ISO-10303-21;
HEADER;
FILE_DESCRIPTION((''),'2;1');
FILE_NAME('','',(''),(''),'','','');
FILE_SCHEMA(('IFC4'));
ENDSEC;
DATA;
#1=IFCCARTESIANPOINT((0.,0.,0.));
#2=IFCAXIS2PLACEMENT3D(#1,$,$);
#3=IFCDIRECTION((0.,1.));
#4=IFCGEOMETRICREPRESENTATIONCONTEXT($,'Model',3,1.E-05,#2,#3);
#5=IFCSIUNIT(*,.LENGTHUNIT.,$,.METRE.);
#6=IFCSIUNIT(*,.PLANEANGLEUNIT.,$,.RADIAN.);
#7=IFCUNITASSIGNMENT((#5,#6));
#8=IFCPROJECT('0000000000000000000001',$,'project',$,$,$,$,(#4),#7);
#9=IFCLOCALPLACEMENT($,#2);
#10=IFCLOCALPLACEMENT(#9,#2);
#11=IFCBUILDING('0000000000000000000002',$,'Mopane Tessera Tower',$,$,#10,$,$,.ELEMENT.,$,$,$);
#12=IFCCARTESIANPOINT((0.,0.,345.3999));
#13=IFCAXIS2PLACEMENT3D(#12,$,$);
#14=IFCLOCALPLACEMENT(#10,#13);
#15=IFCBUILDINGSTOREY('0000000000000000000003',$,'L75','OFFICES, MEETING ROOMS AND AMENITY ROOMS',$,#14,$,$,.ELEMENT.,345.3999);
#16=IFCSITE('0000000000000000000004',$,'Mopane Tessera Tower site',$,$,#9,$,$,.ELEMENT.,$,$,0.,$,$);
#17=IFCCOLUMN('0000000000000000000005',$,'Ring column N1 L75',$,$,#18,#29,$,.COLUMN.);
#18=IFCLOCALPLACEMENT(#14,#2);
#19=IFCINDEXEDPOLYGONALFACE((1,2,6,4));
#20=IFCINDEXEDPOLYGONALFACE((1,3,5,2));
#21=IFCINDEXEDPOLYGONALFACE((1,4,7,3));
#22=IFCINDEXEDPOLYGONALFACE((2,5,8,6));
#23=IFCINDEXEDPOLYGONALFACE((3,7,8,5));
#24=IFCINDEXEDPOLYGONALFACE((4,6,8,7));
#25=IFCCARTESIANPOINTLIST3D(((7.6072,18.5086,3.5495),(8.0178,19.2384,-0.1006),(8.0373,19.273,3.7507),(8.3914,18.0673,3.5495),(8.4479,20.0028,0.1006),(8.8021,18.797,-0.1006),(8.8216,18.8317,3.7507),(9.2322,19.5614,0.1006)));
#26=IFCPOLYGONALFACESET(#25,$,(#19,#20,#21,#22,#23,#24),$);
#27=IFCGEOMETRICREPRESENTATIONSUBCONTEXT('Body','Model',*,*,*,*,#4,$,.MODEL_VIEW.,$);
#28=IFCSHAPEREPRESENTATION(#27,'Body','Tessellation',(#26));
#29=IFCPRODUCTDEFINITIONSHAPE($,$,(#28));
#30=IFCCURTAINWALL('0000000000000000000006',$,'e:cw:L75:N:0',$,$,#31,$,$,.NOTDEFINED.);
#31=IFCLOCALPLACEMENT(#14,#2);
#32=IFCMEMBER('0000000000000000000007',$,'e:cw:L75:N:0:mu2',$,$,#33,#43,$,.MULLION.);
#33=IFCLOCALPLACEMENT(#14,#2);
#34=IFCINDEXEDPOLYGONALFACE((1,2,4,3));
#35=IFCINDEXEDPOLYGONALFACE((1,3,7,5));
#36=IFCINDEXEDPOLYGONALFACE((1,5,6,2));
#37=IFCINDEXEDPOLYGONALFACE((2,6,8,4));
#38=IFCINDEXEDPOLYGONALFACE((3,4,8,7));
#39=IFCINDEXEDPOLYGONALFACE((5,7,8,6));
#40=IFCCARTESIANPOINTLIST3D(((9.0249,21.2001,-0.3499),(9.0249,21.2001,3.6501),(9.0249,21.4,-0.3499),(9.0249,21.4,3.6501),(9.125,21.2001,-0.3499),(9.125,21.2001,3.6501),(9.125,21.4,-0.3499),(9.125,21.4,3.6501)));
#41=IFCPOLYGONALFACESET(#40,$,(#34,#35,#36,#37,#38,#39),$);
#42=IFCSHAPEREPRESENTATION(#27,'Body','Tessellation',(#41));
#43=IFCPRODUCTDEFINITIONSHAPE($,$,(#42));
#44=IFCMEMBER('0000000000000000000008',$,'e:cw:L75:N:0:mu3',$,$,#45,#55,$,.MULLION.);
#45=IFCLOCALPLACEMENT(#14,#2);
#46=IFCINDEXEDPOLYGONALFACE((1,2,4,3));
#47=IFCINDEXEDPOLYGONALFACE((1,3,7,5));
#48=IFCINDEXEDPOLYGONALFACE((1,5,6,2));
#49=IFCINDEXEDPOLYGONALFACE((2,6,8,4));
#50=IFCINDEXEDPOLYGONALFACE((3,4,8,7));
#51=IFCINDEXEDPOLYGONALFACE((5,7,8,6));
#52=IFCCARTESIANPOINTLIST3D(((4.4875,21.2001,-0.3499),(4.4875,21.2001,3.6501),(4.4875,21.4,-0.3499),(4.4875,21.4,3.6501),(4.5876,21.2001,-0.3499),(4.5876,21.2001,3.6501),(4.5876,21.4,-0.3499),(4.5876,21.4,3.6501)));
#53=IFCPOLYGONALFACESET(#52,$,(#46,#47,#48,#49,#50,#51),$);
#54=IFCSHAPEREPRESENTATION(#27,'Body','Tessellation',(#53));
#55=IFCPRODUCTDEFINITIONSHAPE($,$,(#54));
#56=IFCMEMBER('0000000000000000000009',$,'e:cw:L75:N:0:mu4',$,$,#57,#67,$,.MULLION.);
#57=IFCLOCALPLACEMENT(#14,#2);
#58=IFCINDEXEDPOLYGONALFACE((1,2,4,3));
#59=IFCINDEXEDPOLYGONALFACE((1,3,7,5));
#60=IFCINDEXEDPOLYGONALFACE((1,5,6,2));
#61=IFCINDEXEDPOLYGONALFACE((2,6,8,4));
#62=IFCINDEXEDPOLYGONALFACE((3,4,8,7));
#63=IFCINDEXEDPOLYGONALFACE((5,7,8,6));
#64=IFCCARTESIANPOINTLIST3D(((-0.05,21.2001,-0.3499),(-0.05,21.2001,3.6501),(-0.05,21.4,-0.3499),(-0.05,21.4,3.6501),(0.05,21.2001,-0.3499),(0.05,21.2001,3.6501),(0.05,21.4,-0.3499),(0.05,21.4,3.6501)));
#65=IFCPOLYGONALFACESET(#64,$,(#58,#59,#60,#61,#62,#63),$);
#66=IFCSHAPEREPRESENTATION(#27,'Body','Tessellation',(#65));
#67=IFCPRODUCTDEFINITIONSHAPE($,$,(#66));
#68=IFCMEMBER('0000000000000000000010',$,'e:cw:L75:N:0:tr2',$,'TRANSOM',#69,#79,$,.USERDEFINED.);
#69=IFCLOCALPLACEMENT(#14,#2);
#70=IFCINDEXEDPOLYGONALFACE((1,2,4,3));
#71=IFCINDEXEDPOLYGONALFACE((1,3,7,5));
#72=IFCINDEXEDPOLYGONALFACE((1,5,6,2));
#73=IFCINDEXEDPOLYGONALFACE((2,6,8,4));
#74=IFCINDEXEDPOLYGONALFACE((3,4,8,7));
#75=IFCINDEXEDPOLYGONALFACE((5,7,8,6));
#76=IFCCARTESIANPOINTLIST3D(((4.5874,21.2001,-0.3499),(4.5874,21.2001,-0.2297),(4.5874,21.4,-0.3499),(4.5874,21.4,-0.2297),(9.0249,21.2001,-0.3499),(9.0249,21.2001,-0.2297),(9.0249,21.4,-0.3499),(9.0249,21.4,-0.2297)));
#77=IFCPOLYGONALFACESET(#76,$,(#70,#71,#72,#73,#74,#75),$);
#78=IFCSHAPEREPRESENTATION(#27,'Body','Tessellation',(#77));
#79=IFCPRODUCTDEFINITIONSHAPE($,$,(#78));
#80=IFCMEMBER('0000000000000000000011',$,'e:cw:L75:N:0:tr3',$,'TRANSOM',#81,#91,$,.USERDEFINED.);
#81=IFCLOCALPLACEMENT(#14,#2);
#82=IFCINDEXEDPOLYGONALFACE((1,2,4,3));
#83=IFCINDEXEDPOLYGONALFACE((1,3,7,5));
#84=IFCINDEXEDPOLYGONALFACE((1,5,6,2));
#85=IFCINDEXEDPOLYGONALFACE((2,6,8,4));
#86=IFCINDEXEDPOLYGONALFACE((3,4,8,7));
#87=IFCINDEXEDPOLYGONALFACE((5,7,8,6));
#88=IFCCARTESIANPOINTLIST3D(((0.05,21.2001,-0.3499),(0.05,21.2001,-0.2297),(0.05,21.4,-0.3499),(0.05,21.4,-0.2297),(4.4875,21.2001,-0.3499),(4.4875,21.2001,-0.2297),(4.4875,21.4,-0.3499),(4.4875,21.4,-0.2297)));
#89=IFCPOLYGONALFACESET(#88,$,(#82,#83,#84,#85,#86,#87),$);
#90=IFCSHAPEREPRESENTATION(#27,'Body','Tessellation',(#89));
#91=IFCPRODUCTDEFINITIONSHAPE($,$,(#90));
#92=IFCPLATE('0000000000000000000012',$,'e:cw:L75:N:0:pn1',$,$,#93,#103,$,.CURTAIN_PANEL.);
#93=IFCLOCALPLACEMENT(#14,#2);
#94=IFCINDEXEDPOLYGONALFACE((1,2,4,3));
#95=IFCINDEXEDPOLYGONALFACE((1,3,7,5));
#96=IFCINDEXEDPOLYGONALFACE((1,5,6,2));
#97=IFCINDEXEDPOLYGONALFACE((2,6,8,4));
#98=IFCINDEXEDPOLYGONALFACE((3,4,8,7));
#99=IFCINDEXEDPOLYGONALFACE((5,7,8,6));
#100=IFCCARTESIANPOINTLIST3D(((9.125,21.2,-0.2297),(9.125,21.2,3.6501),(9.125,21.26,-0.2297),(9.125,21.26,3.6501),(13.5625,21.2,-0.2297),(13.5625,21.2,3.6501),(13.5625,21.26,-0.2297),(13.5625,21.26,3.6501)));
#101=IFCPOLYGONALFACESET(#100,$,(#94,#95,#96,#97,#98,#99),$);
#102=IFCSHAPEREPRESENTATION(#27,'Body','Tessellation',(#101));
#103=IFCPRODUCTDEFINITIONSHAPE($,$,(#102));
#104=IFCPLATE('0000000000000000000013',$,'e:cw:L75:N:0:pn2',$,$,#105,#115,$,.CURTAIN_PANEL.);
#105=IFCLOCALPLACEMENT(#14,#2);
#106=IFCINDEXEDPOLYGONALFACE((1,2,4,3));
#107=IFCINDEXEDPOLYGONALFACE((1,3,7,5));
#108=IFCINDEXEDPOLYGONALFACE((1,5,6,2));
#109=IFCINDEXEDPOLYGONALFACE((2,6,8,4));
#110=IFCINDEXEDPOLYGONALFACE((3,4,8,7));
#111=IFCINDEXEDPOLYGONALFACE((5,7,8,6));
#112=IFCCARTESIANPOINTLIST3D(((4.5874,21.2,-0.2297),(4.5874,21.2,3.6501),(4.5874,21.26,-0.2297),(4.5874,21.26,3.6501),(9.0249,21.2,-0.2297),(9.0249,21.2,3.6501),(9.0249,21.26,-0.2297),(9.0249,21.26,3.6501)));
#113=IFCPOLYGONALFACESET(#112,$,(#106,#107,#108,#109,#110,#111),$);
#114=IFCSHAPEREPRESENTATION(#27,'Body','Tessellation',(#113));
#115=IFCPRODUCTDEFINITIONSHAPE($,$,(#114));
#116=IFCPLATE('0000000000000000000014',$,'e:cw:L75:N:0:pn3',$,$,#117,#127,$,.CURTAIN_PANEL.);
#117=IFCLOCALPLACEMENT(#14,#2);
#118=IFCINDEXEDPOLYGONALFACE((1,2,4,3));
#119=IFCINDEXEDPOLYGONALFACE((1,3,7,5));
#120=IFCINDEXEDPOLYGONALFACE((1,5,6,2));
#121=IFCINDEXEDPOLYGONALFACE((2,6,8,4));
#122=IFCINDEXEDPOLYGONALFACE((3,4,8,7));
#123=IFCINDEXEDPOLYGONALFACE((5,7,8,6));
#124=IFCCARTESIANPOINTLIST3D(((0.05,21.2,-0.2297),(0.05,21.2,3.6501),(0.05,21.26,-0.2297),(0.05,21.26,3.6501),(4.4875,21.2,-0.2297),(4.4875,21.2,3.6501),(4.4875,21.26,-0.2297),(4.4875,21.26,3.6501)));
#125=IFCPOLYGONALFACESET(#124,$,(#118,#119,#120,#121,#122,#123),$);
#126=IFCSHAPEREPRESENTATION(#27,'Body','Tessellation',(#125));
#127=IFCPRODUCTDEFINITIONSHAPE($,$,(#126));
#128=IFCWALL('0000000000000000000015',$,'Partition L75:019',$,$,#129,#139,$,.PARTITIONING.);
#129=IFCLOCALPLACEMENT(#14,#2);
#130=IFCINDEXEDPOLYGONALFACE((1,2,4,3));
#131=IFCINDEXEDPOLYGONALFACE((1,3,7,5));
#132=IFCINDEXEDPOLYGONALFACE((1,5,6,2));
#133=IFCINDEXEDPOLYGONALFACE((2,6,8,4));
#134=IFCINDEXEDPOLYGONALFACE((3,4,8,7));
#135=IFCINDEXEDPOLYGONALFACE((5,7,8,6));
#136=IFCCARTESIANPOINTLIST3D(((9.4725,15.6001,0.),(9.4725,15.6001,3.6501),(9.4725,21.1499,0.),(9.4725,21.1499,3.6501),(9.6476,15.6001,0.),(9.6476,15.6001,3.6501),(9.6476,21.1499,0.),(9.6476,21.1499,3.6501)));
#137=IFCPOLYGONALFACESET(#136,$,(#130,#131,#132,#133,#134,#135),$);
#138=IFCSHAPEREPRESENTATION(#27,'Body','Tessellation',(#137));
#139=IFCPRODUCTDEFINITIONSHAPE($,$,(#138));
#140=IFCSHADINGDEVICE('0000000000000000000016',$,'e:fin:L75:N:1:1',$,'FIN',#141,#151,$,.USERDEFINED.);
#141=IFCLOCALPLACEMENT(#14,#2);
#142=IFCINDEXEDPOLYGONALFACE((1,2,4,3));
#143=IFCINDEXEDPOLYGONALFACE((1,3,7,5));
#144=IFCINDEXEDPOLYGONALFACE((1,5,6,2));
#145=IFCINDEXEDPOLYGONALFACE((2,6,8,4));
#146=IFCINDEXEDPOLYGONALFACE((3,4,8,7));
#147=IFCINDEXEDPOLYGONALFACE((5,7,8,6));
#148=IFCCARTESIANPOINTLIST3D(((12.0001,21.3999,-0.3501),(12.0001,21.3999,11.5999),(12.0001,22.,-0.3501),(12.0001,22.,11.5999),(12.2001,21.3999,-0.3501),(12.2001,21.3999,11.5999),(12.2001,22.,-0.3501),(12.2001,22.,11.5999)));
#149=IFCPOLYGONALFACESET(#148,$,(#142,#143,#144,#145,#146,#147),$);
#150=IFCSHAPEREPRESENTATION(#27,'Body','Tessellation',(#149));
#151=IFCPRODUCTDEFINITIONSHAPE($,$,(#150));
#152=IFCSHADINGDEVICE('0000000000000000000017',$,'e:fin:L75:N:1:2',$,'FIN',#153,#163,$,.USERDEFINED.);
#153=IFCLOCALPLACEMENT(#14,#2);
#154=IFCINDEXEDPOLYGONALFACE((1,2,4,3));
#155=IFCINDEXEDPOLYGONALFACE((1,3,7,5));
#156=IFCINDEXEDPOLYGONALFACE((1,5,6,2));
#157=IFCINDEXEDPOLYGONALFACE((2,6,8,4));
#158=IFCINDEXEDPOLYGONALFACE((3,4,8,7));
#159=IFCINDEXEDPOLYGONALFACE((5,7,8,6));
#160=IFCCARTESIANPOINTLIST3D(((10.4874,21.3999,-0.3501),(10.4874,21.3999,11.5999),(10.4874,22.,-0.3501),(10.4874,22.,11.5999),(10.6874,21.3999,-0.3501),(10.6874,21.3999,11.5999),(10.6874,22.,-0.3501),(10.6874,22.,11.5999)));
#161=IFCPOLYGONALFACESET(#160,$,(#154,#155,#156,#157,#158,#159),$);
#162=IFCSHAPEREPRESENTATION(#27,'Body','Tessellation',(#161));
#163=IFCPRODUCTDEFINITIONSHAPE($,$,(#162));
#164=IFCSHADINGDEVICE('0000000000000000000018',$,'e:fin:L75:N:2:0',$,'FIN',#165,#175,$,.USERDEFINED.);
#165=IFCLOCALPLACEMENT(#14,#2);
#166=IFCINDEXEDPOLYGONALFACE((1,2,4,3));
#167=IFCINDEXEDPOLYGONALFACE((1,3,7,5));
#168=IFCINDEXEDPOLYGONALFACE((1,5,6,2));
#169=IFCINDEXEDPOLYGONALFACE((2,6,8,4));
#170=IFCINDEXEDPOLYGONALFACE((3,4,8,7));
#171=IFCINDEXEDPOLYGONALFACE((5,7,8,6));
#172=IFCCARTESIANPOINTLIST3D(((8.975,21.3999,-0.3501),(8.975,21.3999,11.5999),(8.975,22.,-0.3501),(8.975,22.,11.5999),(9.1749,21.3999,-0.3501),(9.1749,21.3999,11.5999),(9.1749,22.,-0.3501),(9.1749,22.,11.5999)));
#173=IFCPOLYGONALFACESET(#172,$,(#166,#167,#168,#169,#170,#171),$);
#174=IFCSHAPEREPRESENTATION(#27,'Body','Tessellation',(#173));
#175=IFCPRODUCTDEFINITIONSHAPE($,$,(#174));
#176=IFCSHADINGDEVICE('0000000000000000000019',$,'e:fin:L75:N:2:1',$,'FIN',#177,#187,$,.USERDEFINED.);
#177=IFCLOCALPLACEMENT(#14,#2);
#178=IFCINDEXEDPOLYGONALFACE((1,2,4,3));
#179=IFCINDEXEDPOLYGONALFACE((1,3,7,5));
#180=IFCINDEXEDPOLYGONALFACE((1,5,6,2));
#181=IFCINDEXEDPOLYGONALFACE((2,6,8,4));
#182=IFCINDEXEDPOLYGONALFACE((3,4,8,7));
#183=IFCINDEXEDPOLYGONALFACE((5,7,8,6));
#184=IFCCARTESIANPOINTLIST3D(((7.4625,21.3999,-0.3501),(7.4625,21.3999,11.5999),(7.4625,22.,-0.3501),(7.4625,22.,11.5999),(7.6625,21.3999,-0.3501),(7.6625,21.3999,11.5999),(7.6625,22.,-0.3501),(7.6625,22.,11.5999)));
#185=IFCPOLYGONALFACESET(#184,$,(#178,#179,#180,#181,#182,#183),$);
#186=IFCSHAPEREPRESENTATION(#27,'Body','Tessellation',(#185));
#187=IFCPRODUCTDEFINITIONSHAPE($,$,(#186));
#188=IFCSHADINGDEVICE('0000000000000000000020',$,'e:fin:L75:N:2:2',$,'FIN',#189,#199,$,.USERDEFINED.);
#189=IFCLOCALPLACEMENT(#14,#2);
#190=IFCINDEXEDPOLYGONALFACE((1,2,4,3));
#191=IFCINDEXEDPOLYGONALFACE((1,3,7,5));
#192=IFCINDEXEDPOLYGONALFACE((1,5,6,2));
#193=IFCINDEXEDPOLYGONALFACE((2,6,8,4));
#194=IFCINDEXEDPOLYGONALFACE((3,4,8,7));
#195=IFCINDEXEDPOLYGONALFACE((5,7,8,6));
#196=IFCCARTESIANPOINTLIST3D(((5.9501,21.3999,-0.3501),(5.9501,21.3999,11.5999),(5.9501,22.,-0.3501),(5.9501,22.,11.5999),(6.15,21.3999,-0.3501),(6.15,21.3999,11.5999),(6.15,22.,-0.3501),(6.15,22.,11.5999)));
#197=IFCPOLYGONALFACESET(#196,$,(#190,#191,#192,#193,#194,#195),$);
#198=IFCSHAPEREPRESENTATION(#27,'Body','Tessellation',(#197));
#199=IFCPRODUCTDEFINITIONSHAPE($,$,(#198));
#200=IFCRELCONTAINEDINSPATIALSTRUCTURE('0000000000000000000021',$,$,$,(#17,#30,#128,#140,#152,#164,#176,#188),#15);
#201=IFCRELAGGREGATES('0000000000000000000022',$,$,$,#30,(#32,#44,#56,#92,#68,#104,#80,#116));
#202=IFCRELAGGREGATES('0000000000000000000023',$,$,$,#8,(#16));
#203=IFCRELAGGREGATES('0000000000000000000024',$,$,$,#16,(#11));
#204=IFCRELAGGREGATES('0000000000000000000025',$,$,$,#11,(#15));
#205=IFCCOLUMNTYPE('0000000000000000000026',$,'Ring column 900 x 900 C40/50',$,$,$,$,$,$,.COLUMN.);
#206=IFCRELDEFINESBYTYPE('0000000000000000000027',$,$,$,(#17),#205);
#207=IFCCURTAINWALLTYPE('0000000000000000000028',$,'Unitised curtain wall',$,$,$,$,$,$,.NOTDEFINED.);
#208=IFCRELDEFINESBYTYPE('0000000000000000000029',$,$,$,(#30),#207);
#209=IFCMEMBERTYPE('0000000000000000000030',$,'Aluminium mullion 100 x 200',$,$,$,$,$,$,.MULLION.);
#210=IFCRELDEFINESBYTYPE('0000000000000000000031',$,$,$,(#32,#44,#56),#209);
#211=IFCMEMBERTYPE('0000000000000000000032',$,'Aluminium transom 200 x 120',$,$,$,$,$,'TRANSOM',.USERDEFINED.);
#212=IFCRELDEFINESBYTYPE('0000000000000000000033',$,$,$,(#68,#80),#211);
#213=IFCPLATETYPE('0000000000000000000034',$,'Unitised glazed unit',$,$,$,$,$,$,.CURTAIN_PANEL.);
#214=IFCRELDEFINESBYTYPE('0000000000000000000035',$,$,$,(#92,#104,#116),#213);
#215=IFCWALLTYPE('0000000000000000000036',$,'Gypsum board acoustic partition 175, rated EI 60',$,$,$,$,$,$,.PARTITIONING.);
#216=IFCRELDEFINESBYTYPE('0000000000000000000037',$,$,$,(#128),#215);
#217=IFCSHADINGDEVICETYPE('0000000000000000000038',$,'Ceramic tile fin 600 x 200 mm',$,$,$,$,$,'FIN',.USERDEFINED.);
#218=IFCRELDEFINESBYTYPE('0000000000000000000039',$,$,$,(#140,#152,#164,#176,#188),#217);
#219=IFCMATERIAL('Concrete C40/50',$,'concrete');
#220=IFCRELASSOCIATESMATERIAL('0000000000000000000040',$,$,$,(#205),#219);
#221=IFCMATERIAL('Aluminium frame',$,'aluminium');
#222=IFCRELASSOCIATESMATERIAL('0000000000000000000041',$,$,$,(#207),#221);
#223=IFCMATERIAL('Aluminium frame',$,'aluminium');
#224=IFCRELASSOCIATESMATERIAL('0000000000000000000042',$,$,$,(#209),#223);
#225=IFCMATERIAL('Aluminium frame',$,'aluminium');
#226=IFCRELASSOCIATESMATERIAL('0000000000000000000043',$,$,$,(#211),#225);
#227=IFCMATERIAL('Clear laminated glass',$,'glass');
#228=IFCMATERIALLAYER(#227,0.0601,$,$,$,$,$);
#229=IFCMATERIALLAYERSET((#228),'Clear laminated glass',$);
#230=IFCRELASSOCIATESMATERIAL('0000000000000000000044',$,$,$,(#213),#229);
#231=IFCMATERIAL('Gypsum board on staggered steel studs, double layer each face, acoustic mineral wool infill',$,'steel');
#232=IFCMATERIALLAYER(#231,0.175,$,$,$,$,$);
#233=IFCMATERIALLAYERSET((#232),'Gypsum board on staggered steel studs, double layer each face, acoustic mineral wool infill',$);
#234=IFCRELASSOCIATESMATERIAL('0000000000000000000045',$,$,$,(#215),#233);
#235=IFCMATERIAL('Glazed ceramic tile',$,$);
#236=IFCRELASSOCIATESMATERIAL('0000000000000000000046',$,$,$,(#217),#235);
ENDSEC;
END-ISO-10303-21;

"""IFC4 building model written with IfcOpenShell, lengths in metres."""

from ifc_helpers import new_model, si_unit, direction, frame, frame_2d, origin, origin_2d, place, context, subcontext, project, spatial, rectangle, extrude, material, layer, layer_set, material_profile, profile_set, type_object, element, aggregate, save


model = new_model("IFC4")

# Units and contexts
model_context = context("Model", 3, precision=1e-05, world=origin(), true_north=direction((0.0, 1.0)))
body_context = subcontext(model_context, "Body", "Model", "MODEL_VIEW")
ifc_project = project(units=[si_unit("LENGTHUNIT", "METRE"), si_unit("PLANEANGLEUNIT", "RADIAN")], contexts=[model_context])

# Site, building, storey
site_placement = place(None, origin())
site = spatial("IfcSite", under=ifc_project, at=site_placement, Name="Mopane Tessera Tower site", CompositionType="ELEMENT", RefElevation=0.0)
building_placement = place(site_placement, origin())
building = spatial("IfcBuilding", under=site, at=building_placement, Name="Mopane Tessera Tower", CompositionType="ELEMENT")
storey_placement = place(building_placement, frame((0.0, 0.0, 345.3999)))
storey = spatial("IfcBuildingStorey", under=building, at=storey_placement, Name="L75", Description="OFFICES, MEETING ROOMS AND AMENITY ROOMS", CompositionType="ELEMENT", Elevation=345.3999)

# Column
ifc_material_1 = material(Name="Concrete C40/50", Category="concrete")
ifc_material_profile_1 = material_profile(ifc_material_1, rectangle(XDim=0.8999, YDim=0.8999, at=origin_2d()))
ifc_profile_set_1 = profile_set([ifc_material_profile_1], Name="Concrete C40/50")
column_type = type_object("IfcColumnType", Name="Ring column 900 x 900 C40/50", PredefinedType="COLUMN", material=ifc_profile_set_1)
column_placement = place(storey_placement, frame((8.625, 19.3999, 0.0), z_axis=(-0.109653, -0.194858, 0.974683), x_axis=(0.87149, -0.490414, 0.0)))
element("IfcColumn", 1, at=column_placement, inside=storey, type_object=column_type, Name="Ring column N1 L75", PredefinedType="COLUMN", context=body_context, shape_type="SweptSolid", body=[
    extrude(rectangle(XDim=0.8999, YDim=0.8999, at=origin_2d()), origin(), (0.0, 0.0, 1.0), 3.7449),
])

# Curtain wall, members, plates
ifc_material_2 = material(Name="Aluminium frame", Category="aluminium")
curtain_wall_type = type_object("IfcCurtainWallType", Name="Unitised curtain wall", PredefinedType="NOTDEFINED", material=ifc_material_2)
curtain_wall_placement = place(storey_placement, origin())
curtain_wall = element("IfcCurtainWall", 2, at=curtain_wall_placement, inside=storey, type_object=curtain_wall_type, Name="e:cw:L75:N:0", PredefinedType="NOTDEFINED")
ifc_material_3 = material(Name="Aluminium frame", Category="aluminium")
ifc_material_profile_2 = material_profile(ifc_material_3, rectangle(XDim=0.1001, YDim=0.2, at=origin_2d()))
ifc_profile_set_2 = profile_set([ifc_material_profile_2], Name="Aluminium frame")
member_type_1 = type_object("IfcMemberType", Name="Aluminium mullion 100 x 200", PredefinedType="MULLION", material=ifc_profile_set_2)
member_1_placement = place(storey_placement, frame((9.075, 21.3, -0.3499), z_axis=(0.0, 0.0, 1.0), x_axis=(-1.0, 0.0, 0.0)))
member_1 = element("IfcMember", 3, at=member_1_placement, type_object=member_type_1, Name="e:cw:L75:N:0:mu2", PredefinedType="MULLION", context=body_context, shape_type="SweptSolid", body=[
    extrude(rectangle(XDim=0.1001, YDim=0.2, at=origin_2d()), origin(), (0.0, 0.0, 1.0), 4.0),
])
member_2_placement = place(storey_placement, frame((4.5376, 21.3, -0.3499), z_axis=(0.0, 0.0, 1.0), x_axis=(-1.0, 0.0, 0.0)))
member_2 = element("IfcMember", 4, at=member_2_placement, type_object=member_type_1, Name="e:cw:L75:N:0:mu3", PredefinedType="MULLION", context=body_context, shape_type="SweptSolid", body=[
    extrude(rectangle(XDim=0.1001, YDim=0.2, at=origin_2d()), origin(), (0.0, 0.0, 1.0), 4.0),
])
member_3_placement = place(storey_placement, frame((0.0, 21.3, -0.3499), z_axis=(0.0, 0.0, 1.0), x_axis=(-1.0, 0.0, 0.0)))
member_3 = element("IfcMember", 5, at=member_3_placement, type_object=member_type_1, Name="e:cw:L75:N:0:mu4", PredefinedType="MULLION", context=body_context, shape_type="SweptSolid", body=[
    extrude(rectangle(XDim=0.1001, YDim=0.2, at=origin_2d()), origin(), (0.0, 0.0, 1.0), 4.0),
])
ifc_material_4 = material(Name="Aluminium frame", Category="aluminium")
ifc_material_profile_3 = material_profile(ifc_material_4, rectangle(XDim=0.2, YDim=0.1201, at=origin_2d()))
ifc_profile_set_3 = profile_set([ifc_material_profile_3], Name="Aluminium frame")
member_type_2 = type_object("IfcMemberType", Name="Aluminium transom 200 x 120", ElementType="TRANSOM", PredefinedType="USERDEFINED", material=ifc_profile_set_3)
member_4_placement = place(storey_placement, frame((9.0249, 21.3, -0.2898), z_axis=(-1.0, 0.0, 0.0), x_axis=(0.0, -1.0, 0.0)))
member_4 = element("IfcMember", 6, at=member_4_placement, type_object=member_type_2, Name="e:cw:L75:N:0:tr2", ObjectType="TRANSOM", PredefinedType="USERDEFINED", context=body_context, shape_type="SweptSolid", body=[
    extrude(rectangle(XDim=0.2, YDim=0.1201, at=origin_2d()), origin(), (0.0, 0.0, 1.0), 4.4375),
])
member_5_placement = place(storey_placement, frame((4.4875, 21.3, -0.2898), z_axis=(-1.0, 0.0, 0.0), x_axis=(0.0, -1.0, 0.0)))
member_5 = element("IfcMember", 7, at=member_5_placement, type_object=member_type_2, Name="e:cw:L75:N:0:tr3", ObjectType="TRANSOM", PredefinedType="USERDEFINED", context=body_context, shape_type="SweptSolid", body=[
    extrude(rectangle(XDim=0.2, YDim=0.1201, at=origin_2d()), origin(), (0.0, 0.0, 1.0), 4.4375),
])
ifc_material_5 = material(Name="Clear laminated glass", Category="glass")
ifc_layer_1 = layer(ifc_material_5, 0.0601)
ifc_layer_set_1 = layer_set([ifc_layer_1], Name="Clear laminated glass")
plate_type = type_object("IfcPlateType", Name="Unitised glazed unit", PredefinedType="CURTAIN_PANEL", material=ifc_layer_set_1)
plate_1_placement = place(storey_placement, frame((11.3438, 21.23, -0.2297), z_axis=(0.0, 0.0, 1.0), x_axis=(-1.0, 0.0, 0.0)))
plate_1 = element("IfcPlate", 8, at=plate_1_placement, type_object=plate_type, Name="e:cw:L75:N:0:pn1", PredefinedType="CURTAIN_PANEL", context=body_context, shape_type="SweptSolid", body=[
    extrude(rectangle(XDim=4.4375, YDim=0.0601, at=origin_2d()), origin(), (0.0, 0.0, 1.0), 3.8799),
])
plate_2_placement = place(storey_placement, frame((6.8062, 21.23, -0.2297), z_axis=(0.0, 0.0, 1.0), x_axis=(-1.0, 0.0, 0.0)))
plate_2 = element("IfcPlate", 9, at=plate_2_placement, type_object=plate_type, Name="e:cw:L75:N:0:pn2", PredefinedType="CURTAIN_PANEL", context=body_context, shape_type="SweptSolid", body=[
    extrude(rectangle(XDim=4.4375, YDim=0.0601, at=origin_2d()), origin(), (0.0, 0.0, 1.0), 3.8799),
])
plate_3_placement = place(storey_placement, frame((2.2688, 21.23, -0.2297), z_axis=(0.0, 0.0, 1.0), x_axis=(-1.0, 0.0, 0.0)))
plate_3 = element("IfcPlate", 10, at=plate_3_placement, type_object=plate_type, Name="e:cw:L75:N:0:pn3", PredefinedType="CURTAIN_PANEL", context=body_context, shape_type="SweptSolid", body=[
    extrude(rectangle(XDim=4.4375, YDim=0.0601, at=origin_2d()), origin(), (0.0, 0.0, 1.0), 3.8799),
])
aggregate(curtain_wall, [member_1, member_2, member_3, plate_1, member_4, plate_2, member_5, plate_3])

# Wall
ifc_material_6 = material(Name="Gypsum board on staggered steel studs, double layer each face, acoustic mineral wool infill", Category="steel")
ifc_layer_2 = layer(ifc_material_6, 0.175)
ifc_layer_set_2 = layer_set([ifc_layer_2], Name="Gypsum board on staggered steel studs, double layer each face, acoustic mineral wool infill")
wall_type = type_object("IfcWallType", Name="Gypsum board acoustic partition 175, rated EI 60", PredefinedType="PARTITIONING", material=ifc_layer_set_2)
wall_placement = place(storey_placement, frame((9.5601, 15.6001, 0.0), z_axis=(0.0, 0.0, 1.0), x_axis=(0.0, 1.0, 0.0)))
element("IfcWall", 11, at=wall_placement, inside=storey, type_object=wall_type, Name="Partition L75:019", PredefinedType="PARTITIONING", context=body_context, shape_type="SweptSolid", body=[
    extrude(rectangle(XDim=5.5498, YDim=0.175, at=frame_2d((2.7749, 0.0))), origin(), (0.0, 0.0, 1.0), 3.6501),
])

# Shading devices
ifc_material_7 = material(Name="Glazed ceramic tile")
shading_device_type = type_object("IfcShadingDeviceType", Name="Ceramic tile fin 600 x 200 mm", ElementType="FIN", PredefinedType="USERDEFINED", material=ifc_material_7)
for number, where, z_axis, x_axis, name in (
    (12, (12.1001, 21.7, -0.3501), (0.0, 0.0, 1.0), (-1.0, 0.0, 0.0), "e:fin:L75:N:1:1"),
    (13, (10.5874, 21.7, -0.3501), (0.0, 0.0, 1.0), (-1.0, 0.0, 0.0), "e:fin:L75:N:1:2"),
    (14, (9.075, 21.7, -0.3501), (0.0, 0.0, 1.0), (-1.0, 0.0, 0.0), "e:fin:L75:N:2:0"),
    (15, (7.5625, 21.7, -0.3501), (0.0, 0.0, 1.0), (-1.0, 0.0, 0.0), "e:fin:L75:N:2:1"),
    (16, (6.05, 21.7, -0.3501), (0.0, 0.0, 1.0), (-1.0, 0.0, 0.0), "e:fin:L75:N:2:2"),
):
    element("IfcShadingDevice", number, at=place(storey_placement, frame(where, z_axis=z_axis, x_axis=x_axis)), inside=storey, type_object=shading_device_type, Name=name, ObjectType="FIN", PredefinedType="USERDEFINED", context=body_context, shape_type="SweptSolid", body=[
        extrude(rectangle(XDim=0.2, YDim=0.6001, at=origin_2d()), origin(), (0.0, 0.0, 1.0), 11.95),
    ])

save(model, "model.ifc")
